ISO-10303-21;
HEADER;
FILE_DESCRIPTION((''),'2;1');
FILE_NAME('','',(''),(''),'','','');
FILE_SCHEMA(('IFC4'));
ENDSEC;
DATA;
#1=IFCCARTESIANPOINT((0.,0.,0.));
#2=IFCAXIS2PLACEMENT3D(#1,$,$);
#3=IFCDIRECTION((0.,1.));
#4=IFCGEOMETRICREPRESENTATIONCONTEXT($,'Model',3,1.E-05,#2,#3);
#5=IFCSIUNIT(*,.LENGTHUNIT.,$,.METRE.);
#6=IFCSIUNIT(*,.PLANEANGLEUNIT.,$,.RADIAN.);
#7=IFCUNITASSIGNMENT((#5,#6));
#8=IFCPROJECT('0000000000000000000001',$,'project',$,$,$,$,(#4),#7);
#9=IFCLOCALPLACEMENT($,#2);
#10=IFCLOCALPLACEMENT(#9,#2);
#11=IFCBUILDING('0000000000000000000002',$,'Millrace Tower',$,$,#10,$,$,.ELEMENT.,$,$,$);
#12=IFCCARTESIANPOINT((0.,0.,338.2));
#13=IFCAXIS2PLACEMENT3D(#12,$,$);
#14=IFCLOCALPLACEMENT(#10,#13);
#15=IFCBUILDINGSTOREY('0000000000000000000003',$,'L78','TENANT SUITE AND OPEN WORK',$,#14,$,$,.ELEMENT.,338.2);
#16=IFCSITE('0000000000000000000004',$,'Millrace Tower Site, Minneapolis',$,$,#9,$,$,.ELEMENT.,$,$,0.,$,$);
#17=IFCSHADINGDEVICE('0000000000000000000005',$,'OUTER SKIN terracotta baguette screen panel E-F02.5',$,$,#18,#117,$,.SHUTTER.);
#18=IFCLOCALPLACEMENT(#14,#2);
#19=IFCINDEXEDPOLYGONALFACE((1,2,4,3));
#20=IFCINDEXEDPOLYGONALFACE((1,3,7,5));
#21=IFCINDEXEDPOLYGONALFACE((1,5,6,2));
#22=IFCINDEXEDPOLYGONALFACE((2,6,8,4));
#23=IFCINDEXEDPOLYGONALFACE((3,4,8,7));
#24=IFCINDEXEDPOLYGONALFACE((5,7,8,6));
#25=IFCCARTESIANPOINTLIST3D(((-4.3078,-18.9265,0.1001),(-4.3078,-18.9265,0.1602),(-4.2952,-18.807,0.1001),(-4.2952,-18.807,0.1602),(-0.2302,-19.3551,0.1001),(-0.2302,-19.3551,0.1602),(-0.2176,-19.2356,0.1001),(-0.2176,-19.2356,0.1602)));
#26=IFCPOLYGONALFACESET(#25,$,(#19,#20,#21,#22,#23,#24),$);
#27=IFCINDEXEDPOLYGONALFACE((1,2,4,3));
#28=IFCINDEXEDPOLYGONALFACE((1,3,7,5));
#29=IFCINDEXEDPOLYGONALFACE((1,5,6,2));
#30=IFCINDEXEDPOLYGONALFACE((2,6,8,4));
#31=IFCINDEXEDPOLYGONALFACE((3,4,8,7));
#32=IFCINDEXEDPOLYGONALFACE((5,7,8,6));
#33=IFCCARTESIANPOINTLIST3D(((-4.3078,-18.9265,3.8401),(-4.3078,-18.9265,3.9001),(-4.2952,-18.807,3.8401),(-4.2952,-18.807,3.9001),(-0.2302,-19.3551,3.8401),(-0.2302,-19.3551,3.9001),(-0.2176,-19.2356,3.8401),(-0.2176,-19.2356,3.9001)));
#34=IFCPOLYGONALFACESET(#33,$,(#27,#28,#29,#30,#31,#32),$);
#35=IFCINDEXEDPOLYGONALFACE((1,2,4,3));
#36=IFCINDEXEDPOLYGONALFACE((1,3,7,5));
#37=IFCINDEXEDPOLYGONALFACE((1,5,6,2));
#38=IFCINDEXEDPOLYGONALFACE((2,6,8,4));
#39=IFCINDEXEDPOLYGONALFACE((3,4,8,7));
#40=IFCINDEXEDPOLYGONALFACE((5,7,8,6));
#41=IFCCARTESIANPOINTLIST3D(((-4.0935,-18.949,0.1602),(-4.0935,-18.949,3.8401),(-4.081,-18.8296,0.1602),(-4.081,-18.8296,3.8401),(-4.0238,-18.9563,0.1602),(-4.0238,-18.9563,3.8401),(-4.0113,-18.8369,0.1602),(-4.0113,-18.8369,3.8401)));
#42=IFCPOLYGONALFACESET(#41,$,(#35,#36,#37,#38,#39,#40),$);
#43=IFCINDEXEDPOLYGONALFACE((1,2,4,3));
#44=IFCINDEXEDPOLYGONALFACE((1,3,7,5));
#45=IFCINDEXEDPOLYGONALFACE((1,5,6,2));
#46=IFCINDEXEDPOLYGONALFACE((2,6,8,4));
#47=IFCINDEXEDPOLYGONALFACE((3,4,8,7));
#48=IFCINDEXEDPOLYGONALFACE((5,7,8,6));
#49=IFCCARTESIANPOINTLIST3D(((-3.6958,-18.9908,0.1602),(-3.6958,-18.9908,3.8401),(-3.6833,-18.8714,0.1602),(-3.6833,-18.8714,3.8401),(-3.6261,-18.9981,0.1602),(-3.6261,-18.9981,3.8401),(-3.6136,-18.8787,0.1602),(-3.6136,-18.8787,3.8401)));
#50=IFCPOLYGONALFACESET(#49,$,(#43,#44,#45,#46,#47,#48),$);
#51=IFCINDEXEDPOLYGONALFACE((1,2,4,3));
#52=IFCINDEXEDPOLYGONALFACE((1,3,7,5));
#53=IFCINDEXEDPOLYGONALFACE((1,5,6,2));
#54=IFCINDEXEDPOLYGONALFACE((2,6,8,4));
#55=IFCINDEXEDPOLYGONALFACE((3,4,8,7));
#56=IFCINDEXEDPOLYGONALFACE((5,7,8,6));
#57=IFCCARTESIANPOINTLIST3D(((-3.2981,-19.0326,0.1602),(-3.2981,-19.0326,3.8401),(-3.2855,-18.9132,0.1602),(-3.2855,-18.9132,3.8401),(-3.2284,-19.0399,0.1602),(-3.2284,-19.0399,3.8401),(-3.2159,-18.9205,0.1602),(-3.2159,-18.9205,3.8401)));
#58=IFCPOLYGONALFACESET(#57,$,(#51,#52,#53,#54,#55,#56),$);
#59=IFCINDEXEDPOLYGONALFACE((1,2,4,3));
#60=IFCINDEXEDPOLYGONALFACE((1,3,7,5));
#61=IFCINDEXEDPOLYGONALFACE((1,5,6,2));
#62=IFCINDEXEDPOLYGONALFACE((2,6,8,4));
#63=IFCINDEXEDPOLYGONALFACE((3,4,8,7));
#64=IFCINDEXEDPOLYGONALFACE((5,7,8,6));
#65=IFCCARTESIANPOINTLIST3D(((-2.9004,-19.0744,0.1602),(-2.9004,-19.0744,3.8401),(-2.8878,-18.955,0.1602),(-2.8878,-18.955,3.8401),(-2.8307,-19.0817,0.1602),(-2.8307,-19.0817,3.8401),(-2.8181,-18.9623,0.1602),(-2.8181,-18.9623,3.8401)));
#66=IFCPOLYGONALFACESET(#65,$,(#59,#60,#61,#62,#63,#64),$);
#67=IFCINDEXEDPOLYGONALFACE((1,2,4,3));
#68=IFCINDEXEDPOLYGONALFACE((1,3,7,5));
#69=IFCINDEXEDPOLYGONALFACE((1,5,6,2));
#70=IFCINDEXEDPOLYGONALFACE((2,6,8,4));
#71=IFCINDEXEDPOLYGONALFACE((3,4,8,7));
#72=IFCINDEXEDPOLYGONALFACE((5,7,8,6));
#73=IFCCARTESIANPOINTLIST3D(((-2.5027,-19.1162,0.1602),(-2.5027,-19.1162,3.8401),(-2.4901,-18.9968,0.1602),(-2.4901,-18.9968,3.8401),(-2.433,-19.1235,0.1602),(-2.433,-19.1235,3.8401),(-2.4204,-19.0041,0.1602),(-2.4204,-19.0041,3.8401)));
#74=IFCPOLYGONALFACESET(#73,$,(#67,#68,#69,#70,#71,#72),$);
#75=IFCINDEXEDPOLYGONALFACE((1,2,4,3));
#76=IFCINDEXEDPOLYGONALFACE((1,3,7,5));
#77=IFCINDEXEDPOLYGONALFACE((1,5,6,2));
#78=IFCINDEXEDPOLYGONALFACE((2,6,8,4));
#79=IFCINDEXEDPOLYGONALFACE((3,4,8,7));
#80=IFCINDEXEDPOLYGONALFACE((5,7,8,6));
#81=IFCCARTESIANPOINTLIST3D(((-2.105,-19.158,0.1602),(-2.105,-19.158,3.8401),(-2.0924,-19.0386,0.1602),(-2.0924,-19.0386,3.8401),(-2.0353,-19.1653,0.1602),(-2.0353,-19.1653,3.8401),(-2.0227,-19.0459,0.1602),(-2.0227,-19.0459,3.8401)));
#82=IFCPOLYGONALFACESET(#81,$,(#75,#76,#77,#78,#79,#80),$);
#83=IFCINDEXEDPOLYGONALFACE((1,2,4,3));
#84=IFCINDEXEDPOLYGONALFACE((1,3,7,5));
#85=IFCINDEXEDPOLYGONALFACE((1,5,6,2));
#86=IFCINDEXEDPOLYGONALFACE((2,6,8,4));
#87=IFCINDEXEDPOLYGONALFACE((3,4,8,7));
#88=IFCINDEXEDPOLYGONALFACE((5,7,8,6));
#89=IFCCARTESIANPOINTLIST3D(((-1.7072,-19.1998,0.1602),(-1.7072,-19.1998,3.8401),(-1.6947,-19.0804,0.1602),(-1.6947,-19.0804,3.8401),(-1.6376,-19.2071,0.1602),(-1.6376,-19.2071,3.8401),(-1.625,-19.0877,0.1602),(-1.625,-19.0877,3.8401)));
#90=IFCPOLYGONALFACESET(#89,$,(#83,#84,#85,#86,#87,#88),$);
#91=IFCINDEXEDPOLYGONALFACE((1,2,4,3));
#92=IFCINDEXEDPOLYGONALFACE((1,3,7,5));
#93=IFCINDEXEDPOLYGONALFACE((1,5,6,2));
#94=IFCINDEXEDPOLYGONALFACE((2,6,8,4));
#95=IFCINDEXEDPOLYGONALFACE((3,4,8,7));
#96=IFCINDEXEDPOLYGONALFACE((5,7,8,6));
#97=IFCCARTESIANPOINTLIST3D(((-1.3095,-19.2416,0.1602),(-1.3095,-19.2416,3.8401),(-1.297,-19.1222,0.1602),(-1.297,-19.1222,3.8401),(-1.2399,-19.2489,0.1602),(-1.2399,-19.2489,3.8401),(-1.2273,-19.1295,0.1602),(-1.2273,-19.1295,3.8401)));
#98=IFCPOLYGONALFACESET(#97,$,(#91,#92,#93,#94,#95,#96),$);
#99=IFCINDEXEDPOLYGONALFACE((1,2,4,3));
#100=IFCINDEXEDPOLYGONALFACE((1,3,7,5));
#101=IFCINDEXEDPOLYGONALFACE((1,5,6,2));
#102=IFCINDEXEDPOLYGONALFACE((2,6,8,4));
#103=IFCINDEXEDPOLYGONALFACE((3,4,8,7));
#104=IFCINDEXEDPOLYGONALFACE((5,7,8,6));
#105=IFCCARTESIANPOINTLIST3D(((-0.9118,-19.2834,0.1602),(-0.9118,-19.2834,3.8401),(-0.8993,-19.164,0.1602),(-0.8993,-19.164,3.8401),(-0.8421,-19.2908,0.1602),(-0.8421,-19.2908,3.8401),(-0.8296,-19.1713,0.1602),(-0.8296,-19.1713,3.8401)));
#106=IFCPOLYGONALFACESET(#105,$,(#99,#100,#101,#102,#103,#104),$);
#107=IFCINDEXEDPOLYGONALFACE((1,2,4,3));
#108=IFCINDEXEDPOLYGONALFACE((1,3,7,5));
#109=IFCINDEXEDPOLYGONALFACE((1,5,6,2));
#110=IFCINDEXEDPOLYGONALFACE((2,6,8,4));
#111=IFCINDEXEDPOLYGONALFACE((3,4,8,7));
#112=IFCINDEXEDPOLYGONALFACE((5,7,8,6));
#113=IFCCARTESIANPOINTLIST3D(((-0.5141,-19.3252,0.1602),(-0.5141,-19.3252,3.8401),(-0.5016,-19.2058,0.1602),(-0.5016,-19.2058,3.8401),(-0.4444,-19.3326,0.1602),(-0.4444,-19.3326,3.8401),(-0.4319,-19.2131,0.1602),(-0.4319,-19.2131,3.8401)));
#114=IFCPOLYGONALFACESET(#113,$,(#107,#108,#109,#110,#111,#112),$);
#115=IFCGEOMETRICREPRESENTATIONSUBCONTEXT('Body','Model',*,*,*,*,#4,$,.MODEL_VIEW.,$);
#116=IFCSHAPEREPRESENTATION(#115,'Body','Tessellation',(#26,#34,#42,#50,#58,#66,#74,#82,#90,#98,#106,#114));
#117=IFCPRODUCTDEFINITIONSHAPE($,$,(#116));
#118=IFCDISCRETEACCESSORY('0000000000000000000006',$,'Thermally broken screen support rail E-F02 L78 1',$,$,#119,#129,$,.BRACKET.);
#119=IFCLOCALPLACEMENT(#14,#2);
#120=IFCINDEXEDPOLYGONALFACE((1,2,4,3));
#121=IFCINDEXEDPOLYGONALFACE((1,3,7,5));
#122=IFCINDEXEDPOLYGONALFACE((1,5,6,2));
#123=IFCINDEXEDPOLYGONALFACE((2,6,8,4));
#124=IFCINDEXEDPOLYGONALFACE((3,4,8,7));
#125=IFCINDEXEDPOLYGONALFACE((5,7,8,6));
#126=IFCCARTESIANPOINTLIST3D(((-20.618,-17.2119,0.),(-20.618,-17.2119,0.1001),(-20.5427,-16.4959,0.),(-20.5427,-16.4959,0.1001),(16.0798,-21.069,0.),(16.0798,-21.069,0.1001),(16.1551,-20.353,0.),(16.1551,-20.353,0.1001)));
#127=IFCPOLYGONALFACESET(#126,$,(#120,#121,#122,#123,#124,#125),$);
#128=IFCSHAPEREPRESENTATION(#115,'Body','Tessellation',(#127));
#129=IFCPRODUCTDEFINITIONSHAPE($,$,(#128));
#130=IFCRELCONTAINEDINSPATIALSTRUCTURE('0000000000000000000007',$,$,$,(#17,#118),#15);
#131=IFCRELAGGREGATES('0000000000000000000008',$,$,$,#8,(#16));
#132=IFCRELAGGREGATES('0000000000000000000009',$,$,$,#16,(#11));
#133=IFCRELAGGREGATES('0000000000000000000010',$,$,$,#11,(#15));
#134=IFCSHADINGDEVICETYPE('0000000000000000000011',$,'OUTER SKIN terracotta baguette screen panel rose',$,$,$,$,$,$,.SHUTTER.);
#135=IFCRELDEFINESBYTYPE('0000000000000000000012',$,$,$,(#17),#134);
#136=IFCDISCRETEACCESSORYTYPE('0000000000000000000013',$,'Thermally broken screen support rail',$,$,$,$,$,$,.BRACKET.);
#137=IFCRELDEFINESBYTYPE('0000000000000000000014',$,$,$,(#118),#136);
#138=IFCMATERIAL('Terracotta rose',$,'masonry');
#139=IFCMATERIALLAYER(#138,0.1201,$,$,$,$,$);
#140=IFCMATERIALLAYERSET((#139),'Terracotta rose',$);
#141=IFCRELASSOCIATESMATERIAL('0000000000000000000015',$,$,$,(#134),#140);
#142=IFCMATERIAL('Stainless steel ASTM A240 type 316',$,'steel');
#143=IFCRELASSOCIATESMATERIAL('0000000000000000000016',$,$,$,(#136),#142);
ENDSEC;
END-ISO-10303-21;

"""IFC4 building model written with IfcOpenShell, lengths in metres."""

from ifc_helpers import new_model, entity, si_unit, direction, frame, frame_2d, origin, origin_2d, place, context, subcontext, project, spatial, rectangle, extrude, source, transform, mapped, material, layer, layer_set, type_object, element, save


model = new_model("IFC4")

# Units and contexts
model_context = context("Model", 3, precision=1e-05, world=origin(), true_north=direction((0.0, 1.0)))
body_context = subcontext(model_context, "Body", "Model", "MODEL_VIEW")
ifc_project = project(units=[si_unit("LENGTHUNIT", "METRE"), si_unit("PLANEANGLEUNIT", "RADIAN")], contexts=[model_context])

# Site, building, storey
site_placement = place(None, origin())
site = spatial("IfcSite", under=ifc_project, at=site_placement, Name="Millrace Tower Site, Minneapolis", CompositionType="ELEMENT", RefElevation=0.0)
building_placement = place(site_placement, origin())
building = spatial("IfcBuilding", under=site, at=building_placement, Name="Millrace Tower", CompositionType="ELEMENT")
storey_placement = place(building_placement, frame((0.0, 0.0, 338.2)))
storey = spatial("IfcBuildingStorey", under=building, at=storey_placement, Name="L78", Description="TENANT SUITE AND OPEN WORK", CompositionType="ELEMENT", Elevation=338.2)

# Shading device
ifc_material_1 = material(Name="Terracotta rose", Category="masonry")
ifc_layer_1 = layer(ifc_material_1, 0.1201)
ifc_layer_set_1 = layer_set([ifc_layer_1], Name="Terracotta rose")
shading_device_type = type_object("IfcShadingDeviceType", Name="OUTER SKIN terracotta baguette screen panel rose", PredefinedType="SHUTTER", material=ifc_layer_set_1)
cartesian_point = entity("IfcCartesianPoint", [-2.05, 0.0601])
shared_polyline = entity("IfcPolyline", [cartesian_point, entity("IfcCartesianPoint", [2.05, 0.0601]), entity("IfcCartesianPoint", [2.05, -0.0601]), entity("IfcCartesianPoint", [-2.05, -0.0601]), cartesian_point])
shared_shape = source(origin(), body_context, "Body", "SweptSolid", [
    entity("IfcExtrudedAreaSolid", entity("IfcArbitraryClosedProfileDef", "AREA", None, shared_polyline), entity("IfcAxis2Placement3D", entity("IfcCartesianPoint", [0.0, 0.0, 0.0])), entity("IfcDirection", [0.0, 0.0, 1.0]), 0.0601),
    entity("IfcExtrudedAreaSolid", entity("IfcArbitraryClosedProfileDef", "AREA", None, shared_polyline), entity("IfcAxis2Placement3D", entity("IfcCartesianPoint", [0.0, 0.0, 3.74])), entity("IfcDirection", [0.0, 0.0, 1.0]), 0.0601),
    extrude(rectangle(XDim=0.0701, YDim=0.1201, at=frame_2d((-1.7996, 0.0))), frame((0.0, 0.0, 0.0601)), (0.0, 0.0, 1.0), 3.6799),
    extrude(rectangle(XDim=0.0701, YDim=0.1201, at=frame_2d((-1.3997, 0.0))), frame((0.0, 0.0, 0.0601)), (0.0, 0.0, 1.0), 3.6799),
    extrude(rectangle(XDim=0.0701, YDim=0.1201, at=frame_2d((-0.9998, 0.0))), frame((0.0, 0.0, 0.0601)), (0.0, 0.0, 1.0), 3.6799),
    extrude(rectangle(XDim=0.0701, YDim=0.1201, at=frame_2d((-0.5999, 0.0))), frame((0.0, 0.0, 0.0601)), (0.0, 0.0, 1.0), 3.6799),
    extrude(rectangle(XDim=0.0701, YDim=0.1201, at=frame_2d((-0.2, 0.0))), frame((0.0, 0.0, 0.0601)), (0.0, 0.0, 1.0), 3.6799),
    extrude(rectangle(XDim=0.0701, YDim=0.1201, at=frame_2d((0.2, 0.0))), frame((0.0, 0.0, 0.0601)), (0.0, 0.0, 1.0), 3.6799),
    extrude(rectangle(XDim=0.0701, YDim=0.1201, at=frame_2d((0.5999, 0.0))), frame((0.0, 0.0, 0.0601)), (0.0, 0.0, 1.0), 3.6799),
    extrude(rectangle(XDim=0.0701, YDim=0.1201, at=frame_2d((0.9998, 0.0))), frame((0.0, 0.0, 0.0601)), (0.0, 0.0, 1.0), 3.6799),
    extrude(rectangle(XDim=0.0701, YDim=0.1201, at=frame_2d((1.3997, 0.0))), frame((0.0, 0.0, 0.0601)), (0.0, 0.0, 1.0), 3.6799),
    extrude(rectangle(XDim=0.0701, YDim=0.1201, at=frame_2d((1.7996, 0.0))), frame((0.0, 0.0, 0.0601)), (0.0, 0.0, 1.0), 3.6799),
])
for number, where, z_axis, x_axis, name in (
    (1, (-2.2627, -19.0811, 0.1001), (0.0, 0.0, 1.0), (0.994522, -0.104528, 0.0), "OUTER SKIN terracotta baguette screen panel E-F02.5"),
):
    element("IfcShadingDevice", number, at=place(storey_placement, frame(where, z_axis=z_axis, x_axis=x_axis)), inside=storey, type_object=shading_device_type, Name=name, PredefinedType="SHUTTER", context=body_context, shape_type="MappedRepresentation", body=[
        mapped(shared_shape, transform((0.0, 0.0, 0.0), scale=1.0)),
    ])

# Discrete accessory
ifc_material_2 = material(Name="Stainless steel ASTM A240 type 316", Category="steel")
discrete_accessory_type = type_object("IfcDiscreteAccessoryType", Name="Thermally broken screen support rail", PredefinedType="BRACKET", material=ifc_material_2)
discrete_accessory_placement = place(storey_placement, frame((-2.2314, -18.7825, 0.0), z_axis=(0.0, 0.0, 1.0), x_axis=(0.994522, -0.104528, 0.0)))
element("IfcDiscreteAccessory", 2, at=discrete_accessory_placement, inside=storey, type_object=discrete_accessory_type, Name="Thermally broken screen support rail E-F02 L78 1", PredefinedType="BRACKET", context=body_context, shape_type="SweptSolid", body=[
    extrude(rectangle(XDim=36.8999, YDim=0.72, at=origin_2d()), origin(), (0.0, 0.0, 1.0), 0.1001),
])

save(model, "model.ifc")
